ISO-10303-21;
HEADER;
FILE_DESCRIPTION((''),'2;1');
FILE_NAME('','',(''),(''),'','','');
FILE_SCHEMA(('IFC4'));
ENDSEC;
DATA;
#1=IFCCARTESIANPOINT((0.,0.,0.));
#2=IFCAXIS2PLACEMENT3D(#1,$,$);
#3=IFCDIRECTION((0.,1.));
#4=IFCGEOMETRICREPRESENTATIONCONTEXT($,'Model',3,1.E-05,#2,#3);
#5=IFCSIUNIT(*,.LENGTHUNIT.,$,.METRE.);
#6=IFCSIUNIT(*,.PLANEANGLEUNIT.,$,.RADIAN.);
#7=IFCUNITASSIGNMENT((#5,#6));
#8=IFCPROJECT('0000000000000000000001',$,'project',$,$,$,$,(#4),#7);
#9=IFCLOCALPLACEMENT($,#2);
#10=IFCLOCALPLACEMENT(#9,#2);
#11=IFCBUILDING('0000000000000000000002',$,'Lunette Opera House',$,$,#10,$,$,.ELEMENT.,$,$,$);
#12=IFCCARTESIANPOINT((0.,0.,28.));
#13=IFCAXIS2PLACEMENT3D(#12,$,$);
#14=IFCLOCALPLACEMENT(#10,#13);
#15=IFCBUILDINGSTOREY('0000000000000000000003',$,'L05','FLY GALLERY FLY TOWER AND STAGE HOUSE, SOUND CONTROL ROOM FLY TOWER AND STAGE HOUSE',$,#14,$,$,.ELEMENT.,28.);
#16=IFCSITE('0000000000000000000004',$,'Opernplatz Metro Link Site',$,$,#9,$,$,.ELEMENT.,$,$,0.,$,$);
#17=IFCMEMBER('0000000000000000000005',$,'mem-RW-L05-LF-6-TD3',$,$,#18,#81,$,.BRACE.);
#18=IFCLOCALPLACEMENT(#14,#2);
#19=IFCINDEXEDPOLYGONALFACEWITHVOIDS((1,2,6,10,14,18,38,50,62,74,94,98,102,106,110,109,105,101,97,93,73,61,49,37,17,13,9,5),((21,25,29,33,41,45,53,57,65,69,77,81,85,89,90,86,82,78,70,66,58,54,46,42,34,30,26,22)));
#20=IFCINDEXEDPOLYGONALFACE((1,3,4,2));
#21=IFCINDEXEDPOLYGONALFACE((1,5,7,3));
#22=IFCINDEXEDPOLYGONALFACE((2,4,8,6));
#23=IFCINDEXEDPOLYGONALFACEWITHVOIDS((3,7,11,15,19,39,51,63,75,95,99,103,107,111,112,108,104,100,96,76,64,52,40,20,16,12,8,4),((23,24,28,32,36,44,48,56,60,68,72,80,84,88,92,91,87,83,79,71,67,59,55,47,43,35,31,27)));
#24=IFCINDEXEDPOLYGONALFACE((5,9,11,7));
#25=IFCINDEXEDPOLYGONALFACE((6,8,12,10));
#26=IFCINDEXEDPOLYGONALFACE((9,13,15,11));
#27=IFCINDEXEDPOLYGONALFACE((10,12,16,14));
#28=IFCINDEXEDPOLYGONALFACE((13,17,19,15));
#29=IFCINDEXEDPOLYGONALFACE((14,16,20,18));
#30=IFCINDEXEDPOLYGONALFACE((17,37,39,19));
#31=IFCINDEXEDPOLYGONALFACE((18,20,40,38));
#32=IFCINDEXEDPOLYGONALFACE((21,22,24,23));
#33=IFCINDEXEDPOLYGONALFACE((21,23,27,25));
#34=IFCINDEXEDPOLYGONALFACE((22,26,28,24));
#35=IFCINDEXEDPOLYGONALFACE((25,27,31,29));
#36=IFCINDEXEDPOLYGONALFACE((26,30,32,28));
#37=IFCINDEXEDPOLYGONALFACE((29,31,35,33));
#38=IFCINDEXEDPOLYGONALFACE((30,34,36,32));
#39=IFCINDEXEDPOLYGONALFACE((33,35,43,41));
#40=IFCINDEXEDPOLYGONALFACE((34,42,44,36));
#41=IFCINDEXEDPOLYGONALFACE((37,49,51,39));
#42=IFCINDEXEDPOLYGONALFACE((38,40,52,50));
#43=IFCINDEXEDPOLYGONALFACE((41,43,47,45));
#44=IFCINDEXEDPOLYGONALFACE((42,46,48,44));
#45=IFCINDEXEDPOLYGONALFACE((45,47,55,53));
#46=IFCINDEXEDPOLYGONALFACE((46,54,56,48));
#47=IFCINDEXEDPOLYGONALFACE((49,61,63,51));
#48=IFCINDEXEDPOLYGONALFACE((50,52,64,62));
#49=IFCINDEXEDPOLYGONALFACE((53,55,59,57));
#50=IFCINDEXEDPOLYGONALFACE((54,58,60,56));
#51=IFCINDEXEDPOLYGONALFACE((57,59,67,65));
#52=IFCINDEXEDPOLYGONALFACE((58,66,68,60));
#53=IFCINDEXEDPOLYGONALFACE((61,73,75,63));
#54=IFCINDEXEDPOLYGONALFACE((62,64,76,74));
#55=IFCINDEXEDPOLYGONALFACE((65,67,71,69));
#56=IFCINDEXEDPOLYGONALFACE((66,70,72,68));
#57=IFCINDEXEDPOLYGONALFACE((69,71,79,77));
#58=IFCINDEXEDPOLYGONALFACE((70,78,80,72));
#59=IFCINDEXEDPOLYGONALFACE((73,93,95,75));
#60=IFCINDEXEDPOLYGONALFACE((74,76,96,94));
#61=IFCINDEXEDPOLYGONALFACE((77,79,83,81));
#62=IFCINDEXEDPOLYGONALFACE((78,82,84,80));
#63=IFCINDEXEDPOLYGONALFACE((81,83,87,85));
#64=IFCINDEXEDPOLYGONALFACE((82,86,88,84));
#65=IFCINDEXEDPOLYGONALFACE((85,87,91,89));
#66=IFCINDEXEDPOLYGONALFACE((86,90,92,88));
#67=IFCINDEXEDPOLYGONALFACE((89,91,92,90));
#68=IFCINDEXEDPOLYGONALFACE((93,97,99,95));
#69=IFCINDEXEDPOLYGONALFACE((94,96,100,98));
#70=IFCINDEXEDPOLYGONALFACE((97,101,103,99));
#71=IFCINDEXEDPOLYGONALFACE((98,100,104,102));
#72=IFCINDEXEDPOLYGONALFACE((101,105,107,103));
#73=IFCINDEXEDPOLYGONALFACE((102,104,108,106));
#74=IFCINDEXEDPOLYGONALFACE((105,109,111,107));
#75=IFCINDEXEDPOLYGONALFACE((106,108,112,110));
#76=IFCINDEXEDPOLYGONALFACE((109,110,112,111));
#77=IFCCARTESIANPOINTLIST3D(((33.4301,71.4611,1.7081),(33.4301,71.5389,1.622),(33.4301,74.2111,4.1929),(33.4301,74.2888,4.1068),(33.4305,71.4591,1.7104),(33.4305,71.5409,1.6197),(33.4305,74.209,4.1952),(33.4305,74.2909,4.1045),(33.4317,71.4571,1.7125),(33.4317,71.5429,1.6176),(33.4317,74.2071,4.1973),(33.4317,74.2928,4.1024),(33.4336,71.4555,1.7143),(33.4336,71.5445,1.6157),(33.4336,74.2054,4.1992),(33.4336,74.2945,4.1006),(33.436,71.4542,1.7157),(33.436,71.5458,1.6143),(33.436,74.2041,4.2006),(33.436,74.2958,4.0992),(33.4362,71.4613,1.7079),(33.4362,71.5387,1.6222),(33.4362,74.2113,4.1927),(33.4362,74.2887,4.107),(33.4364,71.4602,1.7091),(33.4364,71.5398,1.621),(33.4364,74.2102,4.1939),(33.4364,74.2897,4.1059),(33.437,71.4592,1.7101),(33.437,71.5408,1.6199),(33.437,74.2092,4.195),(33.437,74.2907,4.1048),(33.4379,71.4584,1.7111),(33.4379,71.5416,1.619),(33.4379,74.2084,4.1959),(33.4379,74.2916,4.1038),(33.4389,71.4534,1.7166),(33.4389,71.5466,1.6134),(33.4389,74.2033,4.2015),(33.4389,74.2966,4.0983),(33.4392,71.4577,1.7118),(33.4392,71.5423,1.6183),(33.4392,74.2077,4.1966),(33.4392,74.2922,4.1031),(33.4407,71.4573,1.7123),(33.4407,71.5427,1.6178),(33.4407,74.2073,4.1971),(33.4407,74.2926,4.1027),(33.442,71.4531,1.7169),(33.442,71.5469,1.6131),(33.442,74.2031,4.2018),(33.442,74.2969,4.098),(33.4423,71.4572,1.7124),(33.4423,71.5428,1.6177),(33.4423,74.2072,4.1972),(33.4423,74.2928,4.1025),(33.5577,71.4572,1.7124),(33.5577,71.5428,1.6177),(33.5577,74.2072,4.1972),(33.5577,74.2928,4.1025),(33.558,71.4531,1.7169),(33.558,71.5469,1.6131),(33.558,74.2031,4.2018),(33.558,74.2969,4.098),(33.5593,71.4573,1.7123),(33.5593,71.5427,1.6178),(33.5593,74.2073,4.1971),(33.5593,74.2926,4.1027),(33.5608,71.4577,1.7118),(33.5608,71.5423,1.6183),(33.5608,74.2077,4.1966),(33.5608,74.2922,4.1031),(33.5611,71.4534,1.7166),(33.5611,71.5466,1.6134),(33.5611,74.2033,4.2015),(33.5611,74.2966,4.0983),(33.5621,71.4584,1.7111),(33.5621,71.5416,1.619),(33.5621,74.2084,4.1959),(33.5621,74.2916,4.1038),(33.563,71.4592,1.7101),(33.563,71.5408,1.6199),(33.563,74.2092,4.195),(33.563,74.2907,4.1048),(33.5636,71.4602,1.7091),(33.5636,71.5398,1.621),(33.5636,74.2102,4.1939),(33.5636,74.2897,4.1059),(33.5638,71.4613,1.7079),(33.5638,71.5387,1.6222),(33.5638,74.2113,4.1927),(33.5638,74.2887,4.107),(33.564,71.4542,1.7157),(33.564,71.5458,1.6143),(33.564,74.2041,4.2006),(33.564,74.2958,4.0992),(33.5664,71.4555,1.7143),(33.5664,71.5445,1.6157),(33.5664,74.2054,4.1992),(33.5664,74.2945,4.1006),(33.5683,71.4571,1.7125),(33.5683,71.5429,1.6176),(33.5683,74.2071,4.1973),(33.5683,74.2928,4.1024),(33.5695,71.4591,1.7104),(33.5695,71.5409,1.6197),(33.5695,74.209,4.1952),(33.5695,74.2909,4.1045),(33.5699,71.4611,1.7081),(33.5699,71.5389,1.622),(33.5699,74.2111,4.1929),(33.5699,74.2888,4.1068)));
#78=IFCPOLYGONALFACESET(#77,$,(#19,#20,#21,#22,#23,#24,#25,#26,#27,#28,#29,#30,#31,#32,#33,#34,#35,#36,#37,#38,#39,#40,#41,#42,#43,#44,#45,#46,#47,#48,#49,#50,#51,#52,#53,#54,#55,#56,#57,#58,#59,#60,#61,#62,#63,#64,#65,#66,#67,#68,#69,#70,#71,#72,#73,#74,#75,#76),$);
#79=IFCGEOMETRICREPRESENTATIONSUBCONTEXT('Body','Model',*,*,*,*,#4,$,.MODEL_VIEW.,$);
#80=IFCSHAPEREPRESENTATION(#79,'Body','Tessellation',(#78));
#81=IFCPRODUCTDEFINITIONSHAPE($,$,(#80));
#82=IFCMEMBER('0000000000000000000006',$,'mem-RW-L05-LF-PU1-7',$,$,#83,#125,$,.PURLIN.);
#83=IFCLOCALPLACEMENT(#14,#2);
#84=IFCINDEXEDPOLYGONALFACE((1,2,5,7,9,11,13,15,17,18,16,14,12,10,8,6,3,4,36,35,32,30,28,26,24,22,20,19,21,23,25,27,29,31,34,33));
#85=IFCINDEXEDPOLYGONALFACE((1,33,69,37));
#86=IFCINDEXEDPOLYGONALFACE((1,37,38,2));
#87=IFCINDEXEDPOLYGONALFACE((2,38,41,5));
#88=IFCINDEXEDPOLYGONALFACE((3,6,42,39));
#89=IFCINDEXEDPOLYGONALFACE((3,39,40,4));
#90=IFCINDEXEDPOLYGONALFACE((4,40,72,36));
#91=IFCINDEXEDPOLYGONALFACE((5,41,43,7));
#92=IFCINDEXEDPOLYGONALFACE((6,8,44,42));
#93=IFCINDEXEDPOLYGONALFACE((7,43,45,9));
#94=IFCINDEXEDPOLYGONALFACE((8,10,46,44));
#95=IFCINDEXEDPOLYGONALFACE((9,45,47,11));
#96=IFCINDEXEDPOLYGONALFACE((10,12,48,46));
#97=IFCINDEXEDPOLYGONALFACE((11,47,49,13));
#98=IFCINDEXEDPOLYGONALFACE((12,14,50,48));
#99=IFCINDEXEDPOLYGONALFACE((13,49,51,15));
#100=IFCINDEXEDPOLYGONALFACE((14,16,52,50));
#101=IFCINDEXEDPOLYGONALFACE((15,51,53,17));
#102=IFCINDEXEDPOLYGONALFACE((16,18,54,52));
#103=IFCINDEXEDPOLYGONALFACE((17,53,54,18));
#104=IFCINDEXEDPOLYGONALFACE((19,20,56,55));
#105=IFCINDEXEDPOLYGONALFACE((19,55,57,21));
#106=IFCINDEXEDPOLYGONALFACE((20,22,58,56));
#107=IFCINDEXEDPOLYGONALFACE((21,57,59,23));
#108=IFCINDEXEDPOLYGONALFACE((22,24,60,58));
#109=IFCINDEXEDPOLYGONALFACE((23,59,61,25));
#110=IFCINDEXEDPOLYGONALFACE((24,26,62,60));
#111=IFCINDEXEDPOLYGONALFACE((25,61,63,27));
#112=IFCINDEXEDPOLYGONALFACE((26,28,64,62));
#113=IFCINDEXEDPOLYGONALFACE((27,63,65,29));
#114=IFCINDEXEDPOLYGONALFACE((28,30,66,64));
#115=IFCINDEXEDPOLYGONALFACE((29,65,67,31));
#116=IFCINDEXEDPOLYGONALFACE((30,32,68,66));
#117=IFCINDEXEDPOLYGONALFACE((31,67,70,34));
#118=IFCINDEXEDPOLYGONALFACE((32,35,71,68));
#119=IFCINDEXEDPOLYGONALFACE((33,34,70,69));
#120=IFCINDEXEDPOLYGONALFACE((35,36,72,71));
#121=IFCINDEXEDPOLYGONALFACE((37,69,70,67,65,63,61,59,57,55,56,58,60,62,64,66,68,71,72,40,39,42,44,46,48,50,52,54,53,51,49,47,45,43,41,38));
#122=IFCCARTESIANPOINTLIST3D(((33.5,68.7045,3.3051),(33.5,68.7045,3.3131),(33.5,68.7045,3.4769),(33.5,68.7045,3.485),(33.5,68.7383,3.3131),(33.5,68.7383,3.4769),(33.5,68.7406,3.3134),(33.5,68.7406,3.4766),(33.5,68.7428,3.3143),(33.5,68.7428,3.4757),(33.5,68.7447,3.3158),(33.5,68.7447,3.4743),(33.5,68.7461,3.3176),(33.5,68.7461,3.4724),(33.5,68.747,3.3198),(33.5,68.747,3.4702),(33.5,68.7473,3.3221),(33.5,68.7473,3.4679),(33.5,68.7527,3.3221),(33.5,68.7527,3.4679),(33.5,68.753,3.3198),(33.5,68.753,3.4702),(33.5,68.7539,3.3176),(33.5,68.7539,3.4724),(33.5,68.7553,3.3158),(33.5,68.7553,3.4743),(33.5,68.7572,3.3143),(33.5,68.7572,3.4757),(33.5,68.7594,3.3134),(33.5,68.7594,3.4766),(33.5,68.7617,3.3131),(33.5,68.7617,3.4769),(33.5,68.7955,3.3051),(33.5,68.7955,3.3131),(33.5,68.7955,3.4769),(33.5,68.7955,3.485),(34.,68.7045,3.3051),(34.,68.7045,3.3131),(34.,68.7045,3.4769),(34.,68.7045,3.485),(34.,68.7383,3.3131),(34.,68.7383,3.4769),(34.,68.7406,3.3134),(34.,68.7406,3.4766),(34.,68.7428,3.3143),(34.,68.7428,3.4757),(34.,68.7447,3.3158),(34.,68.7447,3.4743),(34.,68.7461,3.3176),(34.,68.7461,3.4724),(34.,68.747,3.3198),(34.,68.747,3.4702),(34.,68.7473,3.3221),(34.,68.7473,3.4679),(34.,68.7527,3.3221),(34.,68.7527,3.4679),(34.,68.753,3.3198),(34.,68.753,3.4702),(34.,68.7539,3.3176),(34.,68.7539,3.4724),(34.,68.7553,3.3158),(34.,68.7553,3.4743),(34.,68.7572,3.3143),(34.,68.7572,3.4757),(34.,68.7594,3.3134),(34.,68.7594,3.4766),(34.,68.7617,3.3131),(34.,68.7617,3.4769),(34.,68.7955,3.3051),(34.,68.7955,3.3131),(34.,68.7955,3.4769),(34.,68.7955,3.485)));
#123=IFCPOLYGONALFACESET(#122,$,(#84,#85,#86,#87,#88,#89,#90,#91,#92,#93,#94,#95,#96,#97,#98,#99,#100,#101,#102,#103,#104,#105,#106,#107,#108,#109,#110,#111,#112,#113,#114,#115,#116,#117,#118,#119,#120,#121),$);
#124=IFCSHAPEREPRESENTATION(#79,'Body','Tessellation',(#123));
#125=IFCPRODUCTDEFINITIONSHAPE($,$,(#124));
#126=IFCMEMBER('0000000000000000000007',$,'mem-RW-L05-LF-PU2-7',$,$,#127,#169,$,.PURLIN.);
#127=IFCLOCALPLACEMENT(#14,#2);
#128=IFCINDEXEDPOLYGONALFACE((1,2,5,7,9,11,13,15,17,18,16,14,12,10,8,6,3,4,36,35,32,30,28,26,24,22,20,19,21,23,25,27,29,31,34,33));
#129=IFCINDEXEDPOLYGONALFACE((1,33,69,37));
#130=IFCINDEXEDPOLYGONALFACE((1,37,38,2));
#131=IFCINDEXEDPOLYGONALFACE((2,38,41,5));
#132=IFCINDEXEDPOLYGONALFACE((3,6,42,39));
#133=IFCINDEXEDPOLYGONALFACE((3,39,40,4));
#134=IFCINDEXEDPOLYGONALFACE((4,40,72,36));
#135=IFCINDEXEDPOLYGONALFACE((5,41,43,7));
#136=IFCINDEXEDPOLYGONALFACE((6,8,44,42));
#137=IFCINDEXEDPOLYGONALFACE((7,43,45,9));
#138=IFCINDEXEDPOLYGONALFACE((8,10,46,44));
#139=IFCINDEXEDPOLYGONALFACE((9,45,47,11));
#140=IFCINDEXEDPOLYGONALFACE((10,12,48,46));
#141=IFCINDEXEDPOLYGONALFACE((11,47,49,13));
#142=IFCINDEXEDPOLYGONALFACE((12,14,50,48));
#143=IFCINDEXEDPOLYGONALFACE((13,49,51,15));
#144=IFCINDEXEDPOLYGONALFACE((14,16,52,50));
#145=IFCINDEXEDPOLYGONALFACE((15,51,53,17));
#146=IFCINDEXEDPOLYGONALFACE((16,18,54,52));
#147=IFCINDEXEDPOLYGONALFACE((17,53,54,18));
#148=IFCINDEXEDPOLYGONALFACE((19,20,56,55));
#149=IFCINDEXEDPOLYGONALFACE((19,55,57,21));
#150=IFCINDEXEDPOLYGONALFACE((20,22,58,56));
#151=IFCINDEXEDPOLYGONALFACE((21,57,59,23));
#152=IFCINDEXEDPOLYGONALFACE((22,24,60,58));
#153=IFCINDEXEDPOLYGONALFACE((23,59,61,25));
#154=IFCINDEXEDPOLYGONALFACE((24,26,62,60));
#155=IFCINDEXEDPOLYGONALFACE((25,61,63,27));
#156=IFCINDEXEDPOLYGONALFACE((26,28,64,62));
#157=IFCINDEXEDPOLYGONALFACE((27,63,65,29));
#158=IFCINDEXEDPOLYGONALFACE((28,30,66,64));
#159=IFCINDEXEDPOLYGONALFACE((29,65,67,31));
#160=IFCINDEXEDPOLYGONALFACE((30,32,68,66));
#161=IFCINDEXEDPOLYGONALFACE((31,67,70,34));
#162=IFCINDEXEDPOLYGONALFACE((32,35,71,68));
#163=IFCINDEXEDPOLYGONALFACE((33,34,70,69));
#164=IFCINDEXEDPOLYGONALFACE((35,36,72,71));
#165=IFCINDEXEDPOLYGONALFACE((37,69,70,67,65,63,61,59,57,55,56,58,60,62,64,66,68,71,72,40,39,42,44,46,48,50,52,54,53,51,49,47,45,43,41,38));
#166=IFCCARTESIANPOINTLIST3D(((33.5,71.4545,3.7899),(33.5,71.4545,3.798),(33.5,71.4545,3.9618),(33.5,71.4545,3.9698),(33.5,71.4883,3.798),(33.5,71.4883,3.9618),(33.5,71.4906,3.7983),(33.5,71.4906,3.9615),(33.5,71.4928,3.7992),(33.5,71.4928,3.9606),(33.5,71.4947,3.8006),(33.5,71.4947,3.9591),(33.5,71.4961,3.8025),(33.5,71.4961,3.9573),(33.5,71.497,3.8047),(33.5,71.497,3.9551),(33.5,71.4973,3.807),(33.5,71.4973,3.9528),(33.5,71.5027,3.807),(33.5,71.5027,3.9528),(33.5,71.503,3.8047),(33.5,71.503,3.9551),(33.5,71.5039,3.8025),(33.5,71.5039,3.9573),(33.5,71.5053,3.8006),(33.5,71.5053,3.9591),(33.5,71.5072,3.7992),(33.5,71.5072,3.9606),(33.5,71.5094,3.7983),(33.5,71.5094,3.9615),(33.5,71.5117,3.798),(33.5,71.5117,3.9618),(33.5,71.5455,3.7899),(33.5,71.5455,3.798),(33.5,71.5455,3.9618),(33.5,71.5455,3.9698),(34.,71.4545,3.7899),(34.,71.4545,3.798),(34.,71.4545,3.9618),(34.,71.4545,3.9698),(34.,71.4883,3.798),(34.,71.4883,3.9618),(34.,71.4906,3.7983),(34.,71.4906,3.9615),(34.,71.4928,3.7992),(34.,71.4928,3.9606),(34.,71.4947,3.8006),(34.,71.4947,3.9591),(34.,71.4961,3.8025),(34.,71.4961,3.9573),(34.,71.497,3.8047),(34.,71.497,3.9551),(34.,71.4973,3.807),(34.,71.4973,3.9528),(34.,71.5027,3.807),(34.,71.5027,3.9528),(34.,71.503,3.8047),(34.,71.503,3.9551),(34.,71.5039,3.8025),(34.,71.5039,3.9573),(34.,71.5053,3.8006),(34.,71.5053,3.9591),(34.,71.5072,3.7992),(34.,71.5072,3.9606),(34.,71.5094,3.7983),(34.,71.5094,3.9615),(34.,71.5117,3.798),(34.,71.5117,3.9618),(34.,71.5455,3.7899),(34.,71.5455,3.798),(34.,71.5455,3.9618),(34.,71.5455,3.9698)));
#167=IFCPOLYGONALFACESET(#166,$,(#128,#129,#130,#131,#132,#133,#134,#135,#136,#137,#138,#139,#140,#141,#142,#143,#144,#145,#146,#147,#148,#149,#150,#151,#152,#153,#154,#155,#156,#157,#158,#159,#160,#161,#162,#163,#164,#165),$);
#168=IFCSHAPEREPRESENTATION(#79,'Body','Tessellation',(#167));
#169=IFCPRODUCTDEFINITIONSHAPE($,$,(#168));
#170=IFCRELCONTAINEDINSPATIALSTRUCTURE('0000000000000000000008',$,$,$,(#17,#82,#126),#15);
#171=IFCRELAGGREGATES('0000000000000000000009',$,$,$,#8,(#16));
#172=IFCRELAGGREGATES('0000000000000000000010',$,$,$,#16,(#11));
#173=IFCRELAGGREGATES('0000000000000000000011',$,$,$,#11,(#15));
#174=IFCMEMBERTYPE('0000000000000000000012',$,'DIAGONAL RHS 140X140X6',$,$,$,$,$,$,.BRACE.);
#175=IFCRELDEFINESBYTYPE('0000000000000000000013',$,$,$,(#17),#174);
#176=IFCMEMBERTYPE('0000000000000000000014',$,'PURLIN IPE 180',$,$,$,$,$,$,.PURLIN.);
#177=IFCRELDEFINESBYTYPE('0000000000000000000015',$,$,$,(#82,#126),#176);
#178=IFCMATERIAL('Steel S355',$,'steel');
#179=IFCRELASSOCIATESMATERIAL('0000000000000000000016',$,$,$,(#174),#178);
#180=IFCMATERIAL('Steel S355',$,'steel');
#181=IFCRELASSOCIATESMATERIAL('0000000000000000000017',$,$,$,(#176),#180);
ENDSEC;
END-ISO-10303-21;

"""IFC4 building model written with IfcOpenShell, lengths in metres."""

from ifc_helpers import new_model, si_unit, direction, frame, origin, origin_2d, place, context, subcontext, project, spatial, hollow_rectangle, i_section, extrude, material, material_profile, profile_set, type_object, element, save


model = new_model("IFC4")

# Units and contexts
model_context = context("Model", 3, precision=1e-05, world=origin(), true_north=direction((0.0, 1.0)))
body_context = subcontext(model_context, "Body", "Model", "MODEL_VIEW")
ifc_project = project(units=[si_unit("LENGTHUNIT", "METRE"), si_unit("PLANEANGLEUNIT", "RADIAN")], contexts=[model_context])

# Site, building, storey
site_placement = place(None, origin())
site = spatial("IfcSite", under=ifc_project, at=site_placement, Name="Opernplatz Metro Link Site", CompositionType="ELEMENT", RefElevation=0.0)
building_placement = place(site_placement, origin())
building = spatial("IfcBuilding", under=site, at=building_placement, Name="Lunette Opera House", CompositionType="ELEMENT")
storey_placement = place(building_placement, frame((0.0, 0.0, 28.0)))
storey = spatial("IfcBuildingStorey", under=building, at=storey_placement, Name="L05", Description="FLY GALLERY FLY TOWER AND STAGE HOUSE, SOUND CONTROL ROOM FLY TOWER AND STAGE HOUSE", CompositionType="ELEMENT", Elevation=28.0)

# Members
ifc_material_1 = material(Name="Steel S355", Category="steel")
ifc_material_profile_1 = material_profile(ifc_material_1, hollow_rectangle(XDim=0.1399, YDim=0.1399, WallThickness=0.0061, InnerFilletRadius=0.0061, OuterFilletRadius=0.012, at=origin_2d()), Name="RHS 140X140X6")
ifc_profile_set_1 = profile_set([ifc_material_profile_1], Name="Steel S355")
member_type_1 = type_object("IfcMemberType", Name="DIAGONAL RHS 140X140X6", PredefinedType="BRACE", material=ifc_profile_set_1)
member_1_placement = place(storey_placement, frame((33.5, 71.5, 1.665), z_axis=(0.0, 0.741969, 0.670434), x_axis=(-1.0, 0.0, 0.0)))
element("IfcMember", 1, at=member_1_placement, inside=storey, type_object=member_type_1, Name="mem-RW-L05-LF-6-TD3", PredefinedType="BRACE", context=body_context, shape_type="SweptSolid", body=[
    extrude(hollow_rectangle(XDim=0.1399, YDim=0.1399, WallThickness=0.0061, InnerFilletRadius=0.0061, OuterFilletRadius=0.012, at=origin_2d()), origin(), (0.0, 0.0, 1.0), 3.7063),
])
ifc_material_2 = material(Name="Steel S355", Category="steel")
ifc_material_profile_2 = material_profile(ifc_material_2, i_section(OverallWidth=0.0911, OverallDepth=0.1799, WebThickness=0.0054, FlangeThickness=0.0081, FilletRadius=0.009, at=origin_2d()), Name="IPE 180")
ifc_profile_set_2 = profile_set([ifc_material_profile_2], Name="Steel S355")
member_type_2 = type_object("IfcMemberType", Name="PURLIN IPE 180", PredefinedType="PURLIN", material=ifc_profile_set_2)
for number, where, z_axis, x_axis, name in (
    (2, (33.5, 68.75, 3.395), (1.0, 0.0, 0.0), (0.0, 1.0, 0.0), "mem-RW-L05-LF-PU1-7"),
    (3, (33.5, 71.5, 3.8799), (1.0, 0.0, 0.0), (0.0, 1.0, 0.0), "mem-RW-L05-LF-PU2-7"),
):
    element("IfcMember", number, at=place(storey_placement, frame(where, z_axis=z_axis, x_axis=x_axis)), inside=storey, type_object=member_type_2, Name=name, PredefinedType="PURLIN", context=body_context, shape_type="SweptSolid", body=[
        extrude(i_section(OverallWidth=0.0911, OverallDepth=0.1799, WebThickness=0.0054, FlangeThickness=0.0081, FilletRadius=0.009, at=origin_2d()), origin(), (0.0, 0.0, 1.0), 0.5),
    ])

save(model, "model.ifc")
